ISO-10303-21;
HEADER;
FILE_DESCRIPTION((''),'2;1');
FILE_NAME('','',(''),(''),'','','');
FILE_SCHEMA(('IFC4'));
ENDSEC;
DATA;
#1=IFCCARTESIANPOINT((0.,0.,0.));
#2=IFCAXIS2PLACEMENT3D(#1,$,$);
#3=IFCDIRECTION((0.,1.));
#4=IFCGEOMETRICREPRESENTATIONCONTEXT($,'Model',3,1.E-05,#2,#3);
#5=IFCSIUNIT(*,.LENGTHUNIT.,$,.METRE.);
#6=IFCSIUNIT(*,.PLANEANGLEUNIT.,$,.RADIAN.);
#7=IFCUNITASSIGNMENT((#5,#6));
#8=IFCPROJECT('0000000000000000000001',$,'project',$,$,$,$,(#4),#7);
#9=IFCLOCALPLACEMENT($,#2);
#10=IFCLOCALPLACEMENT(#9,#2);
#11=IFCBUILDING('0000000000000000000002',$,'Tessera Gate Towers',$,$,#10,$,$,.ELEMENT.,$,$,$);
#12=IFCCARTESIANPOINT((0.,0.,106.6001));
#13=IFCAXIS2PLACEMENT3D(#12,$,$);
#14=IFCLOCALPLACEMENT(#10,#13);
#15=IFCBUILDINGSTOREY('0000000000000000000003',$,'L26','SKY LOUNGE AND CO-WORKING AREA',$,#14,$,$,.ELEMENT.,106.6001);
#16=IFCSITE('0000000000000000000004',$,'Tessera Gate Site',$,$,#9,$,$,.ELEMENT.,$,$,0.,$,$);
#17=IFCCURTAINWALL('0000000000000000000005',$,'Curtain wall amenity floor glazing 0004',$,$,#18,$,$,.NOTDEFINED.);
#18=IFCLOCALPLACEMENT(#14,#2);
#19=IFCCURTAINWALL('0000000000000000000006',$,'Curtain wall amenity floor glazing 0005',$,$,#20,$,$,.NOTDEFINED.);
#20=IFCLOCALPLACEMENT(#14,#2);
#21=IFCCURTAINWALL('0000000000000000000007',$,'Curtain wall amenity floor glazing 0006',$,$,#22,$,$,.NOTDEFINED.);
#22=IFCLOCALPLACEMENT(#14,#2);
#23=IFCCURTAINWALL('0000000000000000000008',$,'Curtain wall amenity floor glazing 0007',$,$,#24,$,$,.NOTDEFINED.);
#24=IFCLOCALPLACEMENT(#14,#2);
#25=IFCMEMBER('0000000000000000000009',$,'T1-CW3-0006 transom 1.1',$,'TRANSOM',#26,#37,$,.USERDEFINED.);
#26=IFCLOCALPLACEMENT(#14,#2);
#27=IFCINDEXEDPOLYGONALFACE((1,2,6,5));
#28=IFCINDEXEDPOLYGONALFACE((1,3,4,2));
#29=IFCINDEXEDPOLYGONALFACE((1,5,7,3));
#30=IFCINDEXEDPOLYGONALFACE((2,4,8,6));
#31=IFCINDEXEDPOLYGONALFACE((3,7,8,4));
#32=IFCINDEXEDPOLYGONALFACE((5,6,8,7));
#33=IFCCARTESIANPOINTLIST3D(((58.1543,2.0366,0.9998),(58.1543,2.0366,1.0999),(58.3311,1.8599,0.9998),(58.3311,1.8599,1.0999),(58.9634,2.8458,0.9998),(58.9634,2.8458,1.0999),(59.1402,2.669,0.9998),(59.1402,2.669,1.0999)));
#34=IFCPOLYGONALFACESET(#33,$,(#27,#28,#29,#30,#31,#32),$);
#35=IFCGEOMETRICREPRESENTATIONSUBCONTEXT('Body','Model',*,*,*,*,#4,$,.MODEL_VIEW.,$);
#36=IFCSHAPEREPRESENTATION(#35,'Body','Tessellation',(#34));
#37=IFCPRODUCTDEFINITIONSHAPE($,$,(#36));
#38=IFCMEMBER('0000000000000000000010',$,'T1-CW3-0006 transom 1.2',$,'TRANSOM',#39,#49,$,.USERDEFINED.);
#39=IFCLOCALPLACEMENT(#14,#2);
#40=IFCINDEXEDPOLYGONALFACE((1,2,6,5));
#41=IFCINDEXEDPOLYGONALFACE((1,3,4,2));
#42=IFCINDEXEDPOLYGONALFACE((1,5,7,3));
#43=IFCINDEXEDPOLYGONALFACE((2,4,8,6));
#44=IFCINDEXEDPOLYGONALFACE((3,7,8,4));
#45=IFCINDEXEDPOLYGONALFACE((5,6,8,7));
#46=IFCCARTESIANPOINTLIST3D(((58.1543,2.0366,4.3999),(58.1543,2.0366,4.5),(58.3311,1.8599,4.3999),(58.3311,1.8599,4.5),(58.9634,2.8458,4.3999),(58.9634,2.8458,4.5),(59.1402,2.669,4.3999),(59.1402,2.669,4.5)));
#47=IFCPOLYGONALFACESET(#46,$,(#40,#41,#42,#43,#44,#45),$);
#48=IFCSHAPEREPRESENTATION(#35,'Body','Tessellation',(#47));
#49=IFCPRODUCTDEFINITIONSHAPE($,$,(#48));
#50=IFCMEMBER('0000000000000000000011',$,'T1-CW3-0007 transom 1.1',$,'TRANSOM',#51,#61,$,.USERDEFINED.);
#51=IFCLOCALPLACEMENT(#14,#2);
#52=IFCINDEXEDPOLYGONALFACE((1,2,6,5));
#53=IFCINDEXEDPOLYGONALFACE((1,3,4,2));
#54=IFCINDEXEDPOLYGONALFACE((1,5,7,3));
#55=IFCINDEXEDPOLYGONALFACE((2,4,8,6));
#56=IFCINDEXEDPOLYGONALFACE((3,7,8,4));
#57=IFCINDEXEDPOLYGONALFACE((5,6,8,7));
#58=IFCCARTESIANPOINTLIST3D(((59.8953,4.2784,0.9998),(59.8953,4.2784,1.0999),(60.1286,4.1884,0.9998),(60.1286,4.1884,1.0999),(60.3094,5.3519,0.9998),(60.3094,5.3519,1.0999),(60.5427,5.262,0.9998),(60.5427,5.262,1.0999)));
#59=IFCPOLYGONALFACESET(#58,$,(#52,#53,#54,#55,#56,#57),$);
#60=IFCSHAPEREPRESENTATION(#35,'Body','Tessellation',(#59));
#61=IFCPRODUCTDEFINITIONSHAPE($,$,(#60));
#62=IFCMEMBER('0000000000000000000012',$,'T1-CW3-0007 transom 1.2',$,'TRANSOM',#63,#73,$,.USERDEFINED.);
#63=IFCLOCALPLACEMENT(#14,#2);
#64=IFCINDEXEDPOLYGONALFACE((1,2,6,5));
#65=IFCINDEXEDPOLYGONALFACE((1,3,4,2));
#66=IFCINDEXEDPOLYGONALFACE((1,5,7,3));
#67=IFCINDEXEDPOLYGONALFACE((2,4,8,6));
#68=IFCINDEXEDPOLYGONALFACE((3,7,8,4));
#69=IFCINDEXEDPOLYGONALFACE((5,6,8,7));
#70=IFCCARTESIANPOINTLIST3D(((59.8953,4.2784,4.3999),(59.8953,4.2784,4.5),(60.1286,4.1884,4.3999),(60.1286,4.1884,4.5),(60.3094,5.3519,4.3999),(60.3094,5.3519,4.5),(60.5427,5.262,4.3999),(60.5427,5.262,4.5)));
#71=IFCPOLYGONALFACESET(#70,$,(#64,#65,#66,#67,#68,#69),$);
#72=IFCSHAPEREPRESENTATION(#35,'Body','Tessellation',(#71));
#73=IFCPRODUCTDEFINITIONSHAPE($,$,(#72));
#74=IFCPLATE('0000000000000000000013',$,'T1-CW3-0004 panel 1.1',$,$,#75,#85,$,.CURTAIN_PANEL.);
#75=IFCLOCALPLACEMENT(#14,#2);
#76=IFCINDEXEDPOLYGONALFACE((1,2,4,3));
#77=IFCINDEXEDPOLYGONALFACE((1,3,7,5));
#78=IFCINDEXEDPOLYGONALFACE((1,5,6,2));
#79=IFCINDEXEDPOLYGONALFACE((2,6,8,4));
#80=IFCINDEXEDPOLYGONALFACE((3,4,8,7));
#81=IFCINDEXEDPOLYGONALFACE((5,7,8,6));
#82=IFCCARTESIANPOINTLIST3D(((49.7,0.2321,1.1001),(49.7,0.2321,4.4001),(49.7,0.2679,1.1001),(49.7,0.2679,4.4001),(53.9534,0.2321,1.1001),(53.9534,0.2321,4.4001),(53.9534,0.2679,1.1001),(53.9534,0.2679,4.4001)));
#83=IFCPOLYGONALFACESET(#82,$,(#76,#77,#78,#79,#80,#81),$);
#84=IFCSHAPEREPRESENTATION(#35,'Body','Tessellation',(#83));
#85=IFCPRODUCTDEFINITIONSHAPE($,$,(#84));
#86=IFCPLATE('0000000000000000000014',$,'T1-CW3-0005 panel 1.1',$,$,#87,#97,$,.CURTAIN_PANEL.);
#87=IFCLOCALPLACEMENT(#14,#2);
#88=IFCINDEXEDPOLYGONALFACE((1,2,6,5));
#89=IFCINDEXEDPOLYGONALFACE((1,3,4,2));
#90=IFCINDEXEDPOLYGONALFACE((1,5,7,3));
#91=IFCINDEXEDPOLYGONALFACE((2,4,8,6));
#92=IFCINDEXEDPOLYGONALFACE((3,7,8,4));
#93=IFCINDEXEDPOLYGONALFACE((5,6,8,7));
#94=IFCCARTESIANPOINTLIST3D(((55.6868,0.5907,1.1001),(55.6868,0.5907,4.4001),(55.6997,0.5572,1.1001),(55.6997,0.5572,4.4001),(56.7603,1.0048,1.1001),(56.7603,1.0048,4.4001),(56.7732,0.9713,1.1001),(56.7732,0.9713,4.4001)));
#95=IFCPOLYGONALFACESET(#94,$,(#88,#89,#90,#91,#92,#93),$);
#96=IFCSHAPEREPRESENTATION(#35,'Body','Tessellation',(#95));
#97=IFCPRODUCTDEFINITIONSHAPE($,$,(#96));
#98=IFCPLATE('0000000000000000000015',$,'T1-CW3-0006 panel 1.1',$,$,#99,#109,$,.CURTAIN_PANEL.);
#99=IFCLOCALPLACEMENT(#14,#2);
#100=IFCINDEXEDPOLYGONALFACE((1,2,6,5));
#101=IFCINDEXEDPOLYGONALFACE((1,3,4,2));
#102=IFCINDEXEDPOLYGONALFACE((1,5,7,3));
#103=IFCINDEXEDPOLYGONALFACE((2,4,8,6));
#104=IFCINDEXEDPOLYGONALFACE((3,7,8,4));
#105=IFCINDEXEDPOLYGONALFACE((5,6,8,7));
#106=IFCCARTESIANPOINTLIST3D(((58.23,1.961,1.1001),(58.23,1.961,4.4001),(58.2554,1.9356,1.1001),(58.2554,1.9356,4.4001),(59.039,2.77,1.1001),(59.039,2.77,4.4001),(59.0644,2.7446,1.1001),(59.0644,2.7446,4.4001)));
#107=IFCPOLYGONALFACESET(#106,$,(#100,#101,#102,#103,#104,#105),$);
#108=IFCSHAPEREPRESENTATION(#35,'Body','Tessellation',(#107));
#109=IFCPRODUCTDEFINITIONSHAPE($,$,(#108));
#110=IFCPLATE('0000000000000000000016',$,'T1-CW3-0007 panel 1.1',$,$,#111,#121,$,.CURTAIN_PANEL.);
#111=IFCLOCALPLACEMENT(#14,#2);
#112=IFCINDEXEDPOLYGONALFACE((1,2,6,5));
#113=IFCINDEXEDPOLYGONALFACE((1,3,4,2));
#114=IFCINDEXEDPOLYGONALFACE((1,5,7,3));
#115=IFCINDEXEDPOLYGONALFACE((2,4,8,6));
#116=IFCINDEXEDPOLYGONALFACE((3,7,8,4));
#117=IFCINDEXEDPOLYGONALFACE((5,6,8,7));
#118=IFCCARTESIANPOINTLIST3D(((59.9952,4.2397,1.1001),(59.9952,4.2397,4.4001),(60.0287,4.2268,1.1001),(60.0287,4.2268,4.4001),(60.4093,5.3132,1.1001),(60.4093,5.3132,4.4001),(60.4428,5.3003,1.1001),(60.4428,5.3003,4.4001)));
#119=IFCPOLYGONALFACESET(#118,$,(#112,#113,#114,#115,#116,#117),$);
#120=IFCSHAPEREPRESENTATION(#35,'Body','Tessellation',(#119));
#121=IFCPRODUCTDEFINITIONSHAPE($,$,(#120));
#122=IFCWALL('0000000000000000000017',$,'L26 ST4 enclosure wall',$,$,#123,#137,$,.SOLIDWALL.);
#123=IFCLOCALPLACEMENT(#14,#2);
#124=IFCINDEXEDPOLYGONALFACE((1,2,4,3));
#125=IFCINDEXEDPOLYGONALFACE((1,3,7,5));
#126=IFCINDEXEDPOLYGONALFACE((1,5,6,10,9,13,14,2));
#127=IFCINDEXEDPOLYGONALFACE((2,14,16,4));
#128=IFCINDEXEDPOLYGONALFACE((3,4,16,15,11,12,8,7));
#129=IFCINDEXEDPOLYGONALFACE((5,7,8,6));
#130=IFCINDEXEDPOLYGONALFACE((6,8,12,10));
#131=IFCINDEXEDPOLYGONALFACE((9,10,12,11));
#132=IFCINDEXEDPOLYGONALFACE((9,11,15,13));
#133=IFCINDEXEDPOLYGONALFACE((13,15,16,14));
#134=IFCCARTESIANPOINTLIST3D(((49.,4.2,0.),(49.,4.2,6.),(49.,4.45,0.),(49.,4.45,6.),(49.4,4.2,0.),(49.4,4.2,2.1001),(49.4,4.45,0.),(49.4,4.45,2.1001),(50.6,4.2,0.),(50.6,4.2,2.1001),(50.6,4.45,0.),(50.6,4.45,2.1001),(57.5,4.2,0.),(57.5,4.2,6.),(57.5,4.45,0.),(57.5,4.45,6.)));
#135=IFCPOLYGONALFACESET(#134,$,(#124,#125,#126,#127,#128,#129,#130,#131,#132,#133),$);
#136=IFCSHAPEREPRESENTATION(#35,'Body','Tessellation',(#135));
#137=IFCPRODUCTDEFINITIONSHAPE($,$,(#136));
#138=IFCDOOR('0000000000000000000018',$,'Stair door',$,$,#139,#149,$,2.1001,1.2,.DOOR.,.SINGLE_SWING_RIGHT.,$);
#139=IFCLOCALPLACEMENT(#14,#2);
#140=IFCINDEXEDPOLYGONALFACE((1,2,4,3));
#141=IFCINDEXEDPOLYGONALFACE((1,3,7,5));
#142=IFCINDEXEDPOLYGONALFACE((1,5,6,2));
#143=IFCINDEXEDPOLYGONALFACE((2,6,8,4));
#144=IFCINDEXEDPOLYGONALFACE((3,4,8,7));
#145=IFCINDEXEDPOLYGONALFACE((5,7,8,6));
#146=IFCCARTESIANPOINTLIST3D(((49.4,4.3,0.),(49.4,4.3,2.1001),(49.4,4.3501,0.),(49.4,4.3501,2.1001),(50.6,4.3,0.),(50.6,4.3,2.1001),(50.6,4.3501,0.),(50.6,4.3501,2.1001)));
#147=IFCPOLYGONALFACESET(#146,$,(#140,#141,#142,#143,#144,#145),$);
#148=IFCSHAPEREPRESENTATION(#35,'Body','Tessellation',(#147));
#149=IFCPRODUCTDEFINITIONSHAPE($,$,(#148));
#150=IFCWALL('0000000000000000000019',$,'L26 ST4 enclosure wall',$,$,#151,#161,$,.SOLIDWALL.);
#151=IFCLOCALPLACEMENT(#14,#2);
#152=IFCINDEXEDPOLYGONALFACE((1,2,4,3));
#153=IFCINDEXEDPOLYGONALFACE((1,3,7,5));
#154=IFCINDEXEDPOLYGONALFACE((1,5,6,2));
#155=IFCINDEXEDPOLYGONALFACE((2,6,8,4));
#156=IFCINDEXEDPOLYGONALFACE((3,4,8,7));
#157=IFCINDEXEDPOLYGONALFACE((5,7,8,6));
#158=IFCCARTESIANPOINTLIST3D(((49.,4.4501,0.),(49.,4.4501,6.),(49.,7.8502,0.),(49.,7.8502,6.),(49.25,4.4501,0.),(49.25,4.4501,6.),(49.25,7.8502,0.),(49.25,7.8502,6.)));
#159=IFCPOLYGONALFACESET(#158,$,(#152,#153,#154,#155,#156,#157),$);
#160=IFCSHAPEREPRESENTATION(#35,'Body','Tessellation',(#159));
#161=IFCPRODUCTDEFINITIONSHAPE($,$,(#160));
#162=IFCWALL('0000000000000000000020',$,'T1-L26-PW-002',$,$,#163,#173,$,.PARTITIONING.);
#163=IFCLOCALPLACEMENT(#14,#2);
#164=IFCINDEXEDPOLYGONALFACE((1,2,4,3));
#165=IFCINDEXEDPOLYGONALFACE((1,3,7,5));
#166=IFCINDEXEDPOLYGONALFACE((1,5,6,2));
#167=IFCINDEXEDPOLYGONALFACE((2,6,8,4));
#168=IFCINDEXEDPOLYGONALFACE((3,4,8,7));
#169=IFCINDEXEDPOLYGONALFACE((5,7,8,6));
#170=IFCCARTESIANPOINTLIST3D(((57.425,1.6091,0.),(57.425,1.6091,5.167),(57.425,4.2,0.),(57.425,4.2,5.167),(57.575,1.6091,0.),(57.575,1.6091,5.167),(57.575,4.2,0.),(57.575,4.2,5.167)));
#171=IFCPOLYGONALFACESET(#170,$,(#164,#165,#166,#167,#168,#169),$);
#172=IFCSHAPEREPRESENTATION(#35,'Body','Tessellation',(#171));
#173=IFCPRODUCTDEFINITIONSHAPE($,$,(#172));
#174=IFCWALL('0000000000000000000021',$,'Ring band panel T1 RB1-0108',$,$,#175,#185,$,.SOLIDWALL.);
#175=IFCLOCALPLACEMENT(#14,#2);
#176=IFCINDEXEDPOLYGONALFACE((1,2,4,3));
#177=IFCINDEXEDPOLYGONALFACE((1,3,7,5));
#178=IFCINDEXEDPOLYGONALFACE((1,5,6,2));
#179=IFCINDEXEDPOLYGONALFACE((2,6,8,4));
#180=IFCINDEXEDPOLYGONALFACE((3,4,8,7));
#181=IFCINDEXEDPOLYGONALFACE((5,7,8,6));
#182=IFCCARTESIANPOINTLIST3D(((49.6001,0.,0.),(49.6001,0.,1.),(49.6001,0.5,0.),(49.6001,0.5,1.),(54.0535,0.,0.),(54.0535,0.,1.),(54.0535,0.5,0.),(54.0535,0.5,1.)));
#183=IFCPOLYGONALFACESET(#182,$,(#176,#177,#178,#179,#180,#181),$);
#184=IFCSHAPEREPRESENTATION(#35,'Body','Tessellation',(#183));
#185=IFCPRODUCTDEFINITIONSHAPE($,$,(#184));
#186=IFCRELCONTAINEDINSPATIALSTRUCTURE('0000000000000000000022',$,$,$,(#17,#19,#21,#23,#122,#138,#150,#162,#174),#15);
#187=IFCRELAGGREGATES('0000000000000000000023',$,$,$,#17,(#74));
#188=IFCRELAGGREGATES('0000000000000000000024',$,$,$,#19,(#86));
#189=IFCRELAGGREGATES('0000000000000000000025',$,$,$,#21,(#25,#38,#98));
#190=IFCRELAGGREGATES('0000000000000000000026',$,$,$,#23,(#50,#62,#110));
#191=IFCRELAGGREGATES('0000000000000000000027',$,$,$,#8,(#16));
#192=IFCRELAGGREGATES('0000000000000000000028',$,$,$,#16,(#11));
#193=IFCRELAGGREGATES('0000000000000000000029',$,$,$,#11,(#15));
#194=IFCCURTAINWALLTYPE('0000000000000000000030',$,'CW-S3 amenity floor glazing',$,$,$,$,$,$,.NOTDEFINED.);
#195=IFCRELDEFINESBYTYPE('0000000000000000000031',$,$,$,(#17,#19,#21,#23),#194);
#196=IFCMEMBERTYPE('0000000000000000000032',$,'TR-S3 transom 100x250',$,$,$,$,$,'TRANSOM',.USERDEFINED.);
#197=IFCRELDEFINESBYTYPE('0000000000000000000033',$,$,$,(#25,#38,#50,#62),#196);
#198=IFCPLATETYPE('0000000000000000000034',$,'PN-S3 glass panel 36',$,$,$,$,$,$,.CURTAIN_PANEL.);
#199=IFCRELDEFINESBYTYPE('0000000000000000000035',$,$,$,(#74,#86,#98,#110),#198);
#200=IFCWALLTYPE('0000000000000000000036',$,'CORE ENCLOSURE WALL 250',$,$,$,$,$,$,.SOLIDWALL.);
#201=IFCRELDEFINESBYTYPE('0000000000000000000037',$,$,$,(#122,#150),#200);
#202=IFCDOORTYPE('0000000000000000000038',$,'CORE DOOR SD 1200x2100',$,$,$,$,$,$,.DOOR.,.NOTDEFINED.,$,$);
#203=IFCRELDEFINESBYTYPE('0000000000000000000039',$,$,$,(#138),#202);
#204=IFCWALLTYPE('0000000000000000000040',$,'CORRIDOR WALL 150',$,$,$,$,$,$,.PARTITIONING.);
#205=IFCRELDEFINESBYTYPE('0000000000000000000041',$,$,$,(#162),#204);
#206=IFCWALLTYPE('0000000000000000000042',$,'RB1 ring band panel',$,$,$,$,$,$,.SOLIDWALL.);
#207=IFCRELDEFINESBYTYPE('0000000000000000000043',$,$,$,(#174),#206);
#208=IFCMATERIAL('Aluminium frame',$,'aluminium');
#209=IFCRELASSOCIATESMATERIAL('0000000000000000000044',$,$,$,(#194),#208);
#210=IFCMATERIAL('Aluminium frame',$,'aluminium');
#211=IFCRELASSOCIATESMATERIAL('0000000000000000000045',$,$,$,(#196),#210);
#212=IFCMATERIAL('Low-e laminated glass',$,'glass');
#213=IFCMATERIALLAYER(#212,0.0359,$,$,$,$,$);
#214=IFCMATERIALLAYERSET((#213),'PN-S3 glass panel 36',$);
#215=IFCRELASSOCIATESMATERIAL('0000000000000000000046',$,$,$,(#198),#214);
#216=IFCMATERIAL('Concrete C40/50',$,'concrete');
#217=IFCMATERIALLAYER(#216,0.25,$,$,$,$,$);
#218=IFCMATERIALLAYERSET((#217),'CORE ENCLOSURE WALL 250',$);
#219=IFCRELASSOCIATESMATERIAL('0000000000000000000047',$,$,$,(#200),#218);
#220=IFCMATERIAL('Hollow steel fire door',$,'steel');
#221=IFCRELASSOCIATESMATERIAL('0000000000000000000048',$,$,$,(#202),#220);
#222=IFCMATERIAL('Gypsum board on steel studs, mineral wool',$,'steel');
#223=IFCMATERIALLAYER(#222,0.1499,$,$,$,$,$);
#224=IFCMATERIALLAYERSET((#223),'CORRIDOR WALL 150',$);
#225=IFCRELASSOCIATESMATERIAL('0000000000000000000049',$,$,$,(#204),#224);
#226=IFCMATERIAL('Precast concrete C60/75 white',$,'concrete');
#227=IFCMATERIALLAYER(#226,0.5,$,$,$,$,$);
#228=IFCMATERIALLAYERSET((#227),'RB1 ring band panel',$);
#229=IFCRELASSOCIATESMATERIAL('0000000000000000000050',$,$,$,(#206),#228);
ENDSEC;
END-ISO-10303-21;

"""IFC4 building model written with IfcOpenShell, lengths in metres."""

from ifc_helpers import new_model, si_unit, direction, frame, frame_2d, origin, origin_2d, place, context, subcontext, project, spatial, polyline, rectangle, outline, extrude, source, transform, mapped, material, layer, layer_set, material_profile, profile_set, type_object, element, fill, aggregate, save


model = new_model("IFC4")

# Units and contexts
model_context = context("Model", 3, precision=1e-05, world=origin(), true_north=direction((0.0, 1.0)))
body_context = subcontext(model_context, "Body", "Model", "MODEL_VIEW")
ifc_project = project(units=[si_unit("LENGTHUNIT", "METRE"), si_unit("PLANEANGLEUNIT", "RADIAN")], contexts=[model_context])

# Site, building, storey
site_placement = place(None, origin())
site = spatial("IfcSite", under=ifc_project, at=site_placement, Name="Tessera Gate Site", CompositionType="ELEMENT", RefElevation=0.0)
building_placement = place(site_placement, origin())
building = spatial("IfcBuilding", under=site, at=building_placement, Name="Tessera Gate Towers", CompositionType="ELEMENT")
storey_placement = place(building_placement, frame((0.0, 0.0, 106.6001)))
storey = spatial("IfcBuildingStorey", under=building, at=storey_placement, Name="L26", Description="SKY LOUNGE AND CO-WORKING AREA", CompositionType="ELEMENT", Elevation=106.6001)

# Curtain walls
ifc_material_1 = material(Name="Aluminium frame", Category="aluminium")
curtain_wall_type = type_object("IfcCurtainWallType", Name="CW-S3 amenity floor glazing", PredefinedType="NOTDEFINED", material=ifc_material_1)
curtain_wall_1_placement = place(storey_placement, origin())
curtain_wall_1 = element("IfcCurtainWall", 1, at=curtain_wall_1_placement, inside=storey, type_object=curtain_wall_type, Name="Curtain wall amenity floor glazing 0004", PredefinedType="NOTDEFINED")
curtain_wall_2_placement = place(storey_placement, origin())
curtain_wall_2 = element("IfcCurtainWall", 2, at=curtain_wall_2_placement, inside=storey, type_object=curtain_wall_type, Name="Curtain wall amenity floor glazing 0005", PredefinedType="NOTDEFINED")
curtain_wall_3_placement = place(storey_placement, origin())
curtain_wall_3 = element("IfcCurtainWall", 3, at=curtain_wall_3_placement, inside=storey, type_object=curtain_wall_type, Name="Curtain wall amenity floor glazing 0006", PredefinedType="NOTDEFINED")

# Curtain wall
curtain_wall_4_placement = place(storey_placement, origin())
curtain_wall_4 = element("IfcCurtainWall", 4, at=curtain_wall_4_placement, inside=storey, type_object=curtain_wall_type, Name="Curtain wall amenity floor glazing 0007", PredefinedType="NOTDEFINED")

# Members
ifc_material_2 = material(Name="Aluminium frame", Category="aluminium")
ifc_material_profile_1 = material_profile(ifc_material_2, rectangle(XDim=0.25, YDim=0.1001, at=origin_2d()), Name="AL 100x250")
ifc_profile_set_1 = profile_set([ifc_material_profile_1], Name="Aluminium frame")
member_type_1 = type_object("IfcMemberType", Name="TR-S3 transom 100x250", ElementType="TRANSOM", PredefinedType="USERDEFINED", material=ifc_profile_set_1)
member_1_placement = place(storey_placement, frame((58.2427, 1.9482, 1.0498), z_axis=(0.707107, 0.707107, 0.0), x_axis=(-0.707107, 0.707107, 0.0)))
member_1 = element("IfcMember", 5, at=member_1_placement, type_object=member_type_1, Name="T1-CW3-0006 transom 1.1", ObjectType="TRANSOM", PredefinedType="USERDEFINED", context=body_context, shape_type="SweptSolid", body=[
    extrude(rectangle(XDim=0.25, YDim=0.1001, at=origin_2d()), origin(), (0.0, 0.0, 1.0), 1.1443),
])
member_2_placement = place(storey_placement, frame((58.2427, 1.9482, 4.45), z_axis=(0.707107, 0.707107, 0.0), x_axis=(-0.707107, 0.707107, 0.0)))
member_2 = element("IfcMember", 6, at=member_2_placement, type_object=member_type_1, Name="T1-CW3-0006 transom 1.2", ObjectType="TRANSOM", PredefinedType="USERDEFINED", context=body_context, shape_type="SweptSolid", body=[
    extrude(rectangle(XDim=0.25, YDim=0.1001, at=origin_2d()), origin(), (0.0, 0.0, 1.0), 1.1443),
])
member_3_placement = place(storey_placement, frame((60.012, 4.2334, 1.0498), z_axis=(0.359875, 0.933001, 0.0), x_axis=(-0.933001, 0.359875, 0.0)))
member_3 = element("IfcMember", 7, at=member_3_placement, type_object=member_type_1, Name="T1-CW3-0007 transom 1.1", ObjectType="TRANSOM", PredefinedType="USERDEFINED", context=body_context, shape_type="SweptSolid", body=[
    extrude(rectangle(XDim=0.25, YDim=0.1001, at=origin_2d()), origin(), (0.0, 0.0, 1.0), 1.1506),
])
member_4_placement = place(storey_placement, frame((60.012, 4.2334, 4.45), z_axis=(0.359875, 0.933001, 0.0), x_axis=(-0.933001, 0.359875, 0.0)))
member_4 = element("IfcMember", 8, at=member_4_placement, type_object=member_type_1, Name="T1-CW3-0007 transom 1.2", ObjectType="TRANSOM", PredefinedType="USERDEFINED", context=body_context, shape_type="SweptSolid", body=[
    extrude(rectangle(XDim=0.25, YDim=0.1001, at=origin_2d()), origin(), (0.0, 0.0, 1.0), 1.1506),
])

# Plates
ifc_material_3 = material(Name="Low-e laminated glass", Category="glass")
ifc_layer_1 = layer(ifc_material_3, 0.0359)
ifc_layer_set_1 = layer_set([ifc_layer_1], Name="PN-S3 glass panel 36")
plate_type = type_object("IfcPlateType", Name="PN-S3 glass panel 36", PredefinedType="CURTAIN_PANEL", material=ifc_layer_set_1)
plate_1_placement = place(storey_placement, frame((51.8267, 0.25, 1.1001), z_axis=(0.0, 0.0, 1.0), x_axis=(1.0, 0.0, 0.0)))
plate_1 = element("IfcPlate", 9, at=plate_1_placement, type_object=plate_type, Name="T1-CW3-0004 panel 1.1", PredefinedType="CURTAIN_PANEL", context=body_context, shape_type="SweptSolid", body=[
    extrude(rectangle(XDim=4.2534, YDim=0.0359, at=origin_2d()), origin(), (0.0, 0.0, 1.0), 3.3),
])
aggregate(curtain_wall_1, [plate_1])
plate_2_placement = place(storey_placement, frame((56.23, 0.781, 1.1001), z_axis=(0.0, 0.0, 1.0), x_axis=(0.932989, 0.359904, 0.0)))
plate_2 = element("IfcPlate", 10, at=plate_2_placement, type_object=plate_type, Name="T1-CW3-0005 panel 1.1", PredefinedType="CURTAIN_PANEL", context=body_context, shape_type="SweptSolid", body=[
    extrude(rectangle(XDim=1.1506, YDim=0.0359, at=origin_2d()), origin(), (0.0, 0.0, 1.0), 3.3),
])
aggregate(curtain_wall_2, [plate_2])
plate_3_placement = place(storey_placement, frame((58.6472, 2.3528, 1.1001), z_axis=(0.0, 0.0, 1.0), x_axis=(0.707107, 0.707107, 0.0)))
plate_3 = element("IfcPlate", 11, at=plate_3_placement, type_object=plate_type, Name="T1-CW3-0006 panel 1.1", PredefinedType="CURTAIN_PANEL", context=body_context, shape_type="SweptSolid", body=[
    extrude(rectangle(XDim=1.144, YDim=0.0359, at=origin_2d()), origin(), (0.0, 0.0, 1.0), 3.3),
])
aggregate(curtain_wall_3, [member_1, member_2, plate_3])
plate_4_placement = place(storey_placement, frame((60.219, 4.77, 1.1001), z_axis=(0.0, 0.0, 1.0), x_axis=(0.359904, 0.932989, 0.0)))
plate_4 = element("IfcPlate", 12, at=plate_4_placement, type_object=plate_type, Name="T1-CW3-0007 panel 1.1", PredefinedType="CURTAIN_PANEL", context=body_context, shape_type="SweptSolid", body=[
    extrude(rectangle(XDim=1.1506, YDim=0.0359, at=origin_2d()), origin(), (0.0, 0.0, 1.0), 3.3),
])
aggregate(curtain_wall_4, [member_3, member_4, plate_4])

# Wall, opening, door
ifc_material_4 = material(Name="Concrete C40/50", Category="concrete")
ifc_layer_2 = layer(ifc_material_4, 0.25)
ifc_layer_set_2 = layer_set([ifc_layer_2], Name="CORE ENCLOSURE WALL 250")
wall_type_1 = type_object("IfcWallType", Name="CORE ENCLOSURE WALL 250", PredefinedType="SOLIDWALL", material=ifc_layer_set_2)
wall_1_placement = place(storey_placement, frame((57.5, 4.325, 0.0), z_axis=(0.0, 0.0, 1.0), x_axis=(-1.0, 0.0, 0.0)))
wall_1 = element("IfcWall", 13, at=wall_1_placement, inside=storey, type_object=wall_type_1, Name="L26 ST4 enclosure wall", PredefinedType="SOLIDWALL", context=body_context, shape_type="SweptSolid", body=[
    extrude(rectangle(XDim=8.5, YDim=0.25, at=frame_2d((4.25, 0.0))), origin(), (0.0, 0.0, 1.0), 6.0),
])
shared_shape_1 = source(origin(), body_context, "Body", "SweptSolid", [
    extrude(rectangle(XDim=1.2, YDim=2.1001, at=frame_2d((0.6001, 1.05))), frame((0.0, 0.135, 0.0), z_axis=(0.0, -1.0, 0.0), x_axis=(1.0, 0.0, 0.0)), (0.0, 0.0, 1.0), 0.27),
])
opening_placement = place(wall_1_placement, frame((6.8999, 0.0, 0.0)))
opening = element("IfcOpeningElement", 14, at=opening_placement, cuts=wall_1, PredefinedType="OPENING", context=body_context, shape_type="MappedRepresentation", body=[
    mapped(shared_shape_1, transform((0.0, 0.0, 0.0), scale=1.0)),
])
ifc_material_5 = material(Name="Hollow steel fire door", Category="steel")
door_type = type_object("IfcDoorType", Name="CORE DOOR SD 1200x2100", OperationType="NOTDEFINED", PredefinedType="DOOR", material=ifc_material_5)
shared_shape_2 = source(origin(), body_context, "Body", "SweptSolid", [
    extrude(rectangle(XDim=1.2, YDim=2.1001, at=frame_2d((0.6001, 1.05))), frame((0.0, 0.0249, 0.0), z_axis=(0.0, -1.0, 0.0), x_axis=(1.0, 0.0, 0.0)), (0.0, 0.0, 1.0), 0.05),
])
door_placement = place(opening_placement, origin())
door = element("IfcDoor", 15, at=door_placement, inside=storey, type_object=door_type, Name="Stair door", OperationType="SINGLE_SWING_RIGHT", OverallHeight=2.1001, OverallWidth=1.2, PredefinedType="DOOR", context=body_context, shape_type="MappedRepresentation", body=[
    mapped(shared_shape_2, transform((0.0, 0.0, 0.0), scale=1.0)),
])
fill(opening, door)

# Walls
wall_2_placement = place(storey_placement, frame((49.125, 4.45, 0.0), z_axis=(0.0, 0.0, 1.0), x_axis=(0.0, 1.0, 0.0)))
element("IfcWall", 16, at=wall_2_placement, inside=storey, type_object=wall_type_1, Name="L26 ST4 enclosure wall", PredefinedType="SOLIDWALL", context=body_context, shape_type="SweptSolid", body=[
    extrude(rectangle(XDim=3.4001, YDim=0.25, at=frame_2d((1.7002, 0.0))), origin(), (0.0, 0.0, 1.0), 6.0),
])
ifc_material_6 = material(Name="Gypsum board on steel studs, mineral wool", Category="steel")
ifc_layer_3 = layer(ifc_material_6, 0.1499)
ifc_layer_set_3 = layer_set([ifc_layer_3], Name="CORRIDOR WALL 150")
wall_type_2 = type_object("IfcWallType", Name="CORRIDOR WALL 150", PredefinedType="PARTITIONING", material=ifc_layer_set_3)
wall_3_placement = place(storey_placement, frame((57.5, 1.6091, 0.0), z_axis=(0.0, 0.0, 1.0), x_axis=(0.0, 1.0, 0.0)))
element("IfcWall", 17, at=wall_3_placement, inside=storey, type_object=wall_type_2, Name="T1-L26-PW-002", PredefinedType="PARTITIONING", context=body_context, shape_type="SweptSolid", body=[
    extrude(rectangle(XDim=2.5908, YDim=0.1499, at=frame_2d((1.2954, 0.0))), origin(), (0.0, 0.0, 1.0), 5.167),
])
ifc_material_7 = material(Name="Precast concrete C60/75 white", Category="concrete")
ifc_layer_4 = layer(ifc_material_7, 0.5)
ifc_layer_set_4 = layer_set([ifc_layer_4], Name="RB1 ring band panel")
wall_type_3 = type_object("IfcWallType", Name="RB1 ring band panel", PredefinedType="SOLIDWALL", material=ifc_layer_set_4)
shared_shape_3 = source(origin(), body_context, "Body", "SweptSolid", [
    extrude(outline(polyline([(0.0, 0.0), (4.4534, 0.0), (4.4534, 1.0), (0.0, 1.0), (0.0, 0.0)])), frame((0.0, 0.25, 0.0), z_axis=(0.0, -1.0, 0.0), x_axis=(1.0, 0.0, 0.0)), (0.0, 0.0, 1.0), 0.5),
])
wall_4_placement = place(storey_placement, frame((49.6001, 0.25, 0.0), z_axis=(0.0, 0.0, 1.0), x_axis=(1.0, 0.0, 0.0)))
element("IfcWall", 18, at=wall_4_placement, inside=storey, type_object=wall_type_3, Name="Ring band panel T1 RB1-0108", PredefinedType="SOLIDWALL", context=body_context, shape_type="MappedRepresentation", body=[
    mapped(shared_shape_3, transform((0.0, 0.0, 0.0), scale=1.0)),
])

save(model, "model.ifc")
